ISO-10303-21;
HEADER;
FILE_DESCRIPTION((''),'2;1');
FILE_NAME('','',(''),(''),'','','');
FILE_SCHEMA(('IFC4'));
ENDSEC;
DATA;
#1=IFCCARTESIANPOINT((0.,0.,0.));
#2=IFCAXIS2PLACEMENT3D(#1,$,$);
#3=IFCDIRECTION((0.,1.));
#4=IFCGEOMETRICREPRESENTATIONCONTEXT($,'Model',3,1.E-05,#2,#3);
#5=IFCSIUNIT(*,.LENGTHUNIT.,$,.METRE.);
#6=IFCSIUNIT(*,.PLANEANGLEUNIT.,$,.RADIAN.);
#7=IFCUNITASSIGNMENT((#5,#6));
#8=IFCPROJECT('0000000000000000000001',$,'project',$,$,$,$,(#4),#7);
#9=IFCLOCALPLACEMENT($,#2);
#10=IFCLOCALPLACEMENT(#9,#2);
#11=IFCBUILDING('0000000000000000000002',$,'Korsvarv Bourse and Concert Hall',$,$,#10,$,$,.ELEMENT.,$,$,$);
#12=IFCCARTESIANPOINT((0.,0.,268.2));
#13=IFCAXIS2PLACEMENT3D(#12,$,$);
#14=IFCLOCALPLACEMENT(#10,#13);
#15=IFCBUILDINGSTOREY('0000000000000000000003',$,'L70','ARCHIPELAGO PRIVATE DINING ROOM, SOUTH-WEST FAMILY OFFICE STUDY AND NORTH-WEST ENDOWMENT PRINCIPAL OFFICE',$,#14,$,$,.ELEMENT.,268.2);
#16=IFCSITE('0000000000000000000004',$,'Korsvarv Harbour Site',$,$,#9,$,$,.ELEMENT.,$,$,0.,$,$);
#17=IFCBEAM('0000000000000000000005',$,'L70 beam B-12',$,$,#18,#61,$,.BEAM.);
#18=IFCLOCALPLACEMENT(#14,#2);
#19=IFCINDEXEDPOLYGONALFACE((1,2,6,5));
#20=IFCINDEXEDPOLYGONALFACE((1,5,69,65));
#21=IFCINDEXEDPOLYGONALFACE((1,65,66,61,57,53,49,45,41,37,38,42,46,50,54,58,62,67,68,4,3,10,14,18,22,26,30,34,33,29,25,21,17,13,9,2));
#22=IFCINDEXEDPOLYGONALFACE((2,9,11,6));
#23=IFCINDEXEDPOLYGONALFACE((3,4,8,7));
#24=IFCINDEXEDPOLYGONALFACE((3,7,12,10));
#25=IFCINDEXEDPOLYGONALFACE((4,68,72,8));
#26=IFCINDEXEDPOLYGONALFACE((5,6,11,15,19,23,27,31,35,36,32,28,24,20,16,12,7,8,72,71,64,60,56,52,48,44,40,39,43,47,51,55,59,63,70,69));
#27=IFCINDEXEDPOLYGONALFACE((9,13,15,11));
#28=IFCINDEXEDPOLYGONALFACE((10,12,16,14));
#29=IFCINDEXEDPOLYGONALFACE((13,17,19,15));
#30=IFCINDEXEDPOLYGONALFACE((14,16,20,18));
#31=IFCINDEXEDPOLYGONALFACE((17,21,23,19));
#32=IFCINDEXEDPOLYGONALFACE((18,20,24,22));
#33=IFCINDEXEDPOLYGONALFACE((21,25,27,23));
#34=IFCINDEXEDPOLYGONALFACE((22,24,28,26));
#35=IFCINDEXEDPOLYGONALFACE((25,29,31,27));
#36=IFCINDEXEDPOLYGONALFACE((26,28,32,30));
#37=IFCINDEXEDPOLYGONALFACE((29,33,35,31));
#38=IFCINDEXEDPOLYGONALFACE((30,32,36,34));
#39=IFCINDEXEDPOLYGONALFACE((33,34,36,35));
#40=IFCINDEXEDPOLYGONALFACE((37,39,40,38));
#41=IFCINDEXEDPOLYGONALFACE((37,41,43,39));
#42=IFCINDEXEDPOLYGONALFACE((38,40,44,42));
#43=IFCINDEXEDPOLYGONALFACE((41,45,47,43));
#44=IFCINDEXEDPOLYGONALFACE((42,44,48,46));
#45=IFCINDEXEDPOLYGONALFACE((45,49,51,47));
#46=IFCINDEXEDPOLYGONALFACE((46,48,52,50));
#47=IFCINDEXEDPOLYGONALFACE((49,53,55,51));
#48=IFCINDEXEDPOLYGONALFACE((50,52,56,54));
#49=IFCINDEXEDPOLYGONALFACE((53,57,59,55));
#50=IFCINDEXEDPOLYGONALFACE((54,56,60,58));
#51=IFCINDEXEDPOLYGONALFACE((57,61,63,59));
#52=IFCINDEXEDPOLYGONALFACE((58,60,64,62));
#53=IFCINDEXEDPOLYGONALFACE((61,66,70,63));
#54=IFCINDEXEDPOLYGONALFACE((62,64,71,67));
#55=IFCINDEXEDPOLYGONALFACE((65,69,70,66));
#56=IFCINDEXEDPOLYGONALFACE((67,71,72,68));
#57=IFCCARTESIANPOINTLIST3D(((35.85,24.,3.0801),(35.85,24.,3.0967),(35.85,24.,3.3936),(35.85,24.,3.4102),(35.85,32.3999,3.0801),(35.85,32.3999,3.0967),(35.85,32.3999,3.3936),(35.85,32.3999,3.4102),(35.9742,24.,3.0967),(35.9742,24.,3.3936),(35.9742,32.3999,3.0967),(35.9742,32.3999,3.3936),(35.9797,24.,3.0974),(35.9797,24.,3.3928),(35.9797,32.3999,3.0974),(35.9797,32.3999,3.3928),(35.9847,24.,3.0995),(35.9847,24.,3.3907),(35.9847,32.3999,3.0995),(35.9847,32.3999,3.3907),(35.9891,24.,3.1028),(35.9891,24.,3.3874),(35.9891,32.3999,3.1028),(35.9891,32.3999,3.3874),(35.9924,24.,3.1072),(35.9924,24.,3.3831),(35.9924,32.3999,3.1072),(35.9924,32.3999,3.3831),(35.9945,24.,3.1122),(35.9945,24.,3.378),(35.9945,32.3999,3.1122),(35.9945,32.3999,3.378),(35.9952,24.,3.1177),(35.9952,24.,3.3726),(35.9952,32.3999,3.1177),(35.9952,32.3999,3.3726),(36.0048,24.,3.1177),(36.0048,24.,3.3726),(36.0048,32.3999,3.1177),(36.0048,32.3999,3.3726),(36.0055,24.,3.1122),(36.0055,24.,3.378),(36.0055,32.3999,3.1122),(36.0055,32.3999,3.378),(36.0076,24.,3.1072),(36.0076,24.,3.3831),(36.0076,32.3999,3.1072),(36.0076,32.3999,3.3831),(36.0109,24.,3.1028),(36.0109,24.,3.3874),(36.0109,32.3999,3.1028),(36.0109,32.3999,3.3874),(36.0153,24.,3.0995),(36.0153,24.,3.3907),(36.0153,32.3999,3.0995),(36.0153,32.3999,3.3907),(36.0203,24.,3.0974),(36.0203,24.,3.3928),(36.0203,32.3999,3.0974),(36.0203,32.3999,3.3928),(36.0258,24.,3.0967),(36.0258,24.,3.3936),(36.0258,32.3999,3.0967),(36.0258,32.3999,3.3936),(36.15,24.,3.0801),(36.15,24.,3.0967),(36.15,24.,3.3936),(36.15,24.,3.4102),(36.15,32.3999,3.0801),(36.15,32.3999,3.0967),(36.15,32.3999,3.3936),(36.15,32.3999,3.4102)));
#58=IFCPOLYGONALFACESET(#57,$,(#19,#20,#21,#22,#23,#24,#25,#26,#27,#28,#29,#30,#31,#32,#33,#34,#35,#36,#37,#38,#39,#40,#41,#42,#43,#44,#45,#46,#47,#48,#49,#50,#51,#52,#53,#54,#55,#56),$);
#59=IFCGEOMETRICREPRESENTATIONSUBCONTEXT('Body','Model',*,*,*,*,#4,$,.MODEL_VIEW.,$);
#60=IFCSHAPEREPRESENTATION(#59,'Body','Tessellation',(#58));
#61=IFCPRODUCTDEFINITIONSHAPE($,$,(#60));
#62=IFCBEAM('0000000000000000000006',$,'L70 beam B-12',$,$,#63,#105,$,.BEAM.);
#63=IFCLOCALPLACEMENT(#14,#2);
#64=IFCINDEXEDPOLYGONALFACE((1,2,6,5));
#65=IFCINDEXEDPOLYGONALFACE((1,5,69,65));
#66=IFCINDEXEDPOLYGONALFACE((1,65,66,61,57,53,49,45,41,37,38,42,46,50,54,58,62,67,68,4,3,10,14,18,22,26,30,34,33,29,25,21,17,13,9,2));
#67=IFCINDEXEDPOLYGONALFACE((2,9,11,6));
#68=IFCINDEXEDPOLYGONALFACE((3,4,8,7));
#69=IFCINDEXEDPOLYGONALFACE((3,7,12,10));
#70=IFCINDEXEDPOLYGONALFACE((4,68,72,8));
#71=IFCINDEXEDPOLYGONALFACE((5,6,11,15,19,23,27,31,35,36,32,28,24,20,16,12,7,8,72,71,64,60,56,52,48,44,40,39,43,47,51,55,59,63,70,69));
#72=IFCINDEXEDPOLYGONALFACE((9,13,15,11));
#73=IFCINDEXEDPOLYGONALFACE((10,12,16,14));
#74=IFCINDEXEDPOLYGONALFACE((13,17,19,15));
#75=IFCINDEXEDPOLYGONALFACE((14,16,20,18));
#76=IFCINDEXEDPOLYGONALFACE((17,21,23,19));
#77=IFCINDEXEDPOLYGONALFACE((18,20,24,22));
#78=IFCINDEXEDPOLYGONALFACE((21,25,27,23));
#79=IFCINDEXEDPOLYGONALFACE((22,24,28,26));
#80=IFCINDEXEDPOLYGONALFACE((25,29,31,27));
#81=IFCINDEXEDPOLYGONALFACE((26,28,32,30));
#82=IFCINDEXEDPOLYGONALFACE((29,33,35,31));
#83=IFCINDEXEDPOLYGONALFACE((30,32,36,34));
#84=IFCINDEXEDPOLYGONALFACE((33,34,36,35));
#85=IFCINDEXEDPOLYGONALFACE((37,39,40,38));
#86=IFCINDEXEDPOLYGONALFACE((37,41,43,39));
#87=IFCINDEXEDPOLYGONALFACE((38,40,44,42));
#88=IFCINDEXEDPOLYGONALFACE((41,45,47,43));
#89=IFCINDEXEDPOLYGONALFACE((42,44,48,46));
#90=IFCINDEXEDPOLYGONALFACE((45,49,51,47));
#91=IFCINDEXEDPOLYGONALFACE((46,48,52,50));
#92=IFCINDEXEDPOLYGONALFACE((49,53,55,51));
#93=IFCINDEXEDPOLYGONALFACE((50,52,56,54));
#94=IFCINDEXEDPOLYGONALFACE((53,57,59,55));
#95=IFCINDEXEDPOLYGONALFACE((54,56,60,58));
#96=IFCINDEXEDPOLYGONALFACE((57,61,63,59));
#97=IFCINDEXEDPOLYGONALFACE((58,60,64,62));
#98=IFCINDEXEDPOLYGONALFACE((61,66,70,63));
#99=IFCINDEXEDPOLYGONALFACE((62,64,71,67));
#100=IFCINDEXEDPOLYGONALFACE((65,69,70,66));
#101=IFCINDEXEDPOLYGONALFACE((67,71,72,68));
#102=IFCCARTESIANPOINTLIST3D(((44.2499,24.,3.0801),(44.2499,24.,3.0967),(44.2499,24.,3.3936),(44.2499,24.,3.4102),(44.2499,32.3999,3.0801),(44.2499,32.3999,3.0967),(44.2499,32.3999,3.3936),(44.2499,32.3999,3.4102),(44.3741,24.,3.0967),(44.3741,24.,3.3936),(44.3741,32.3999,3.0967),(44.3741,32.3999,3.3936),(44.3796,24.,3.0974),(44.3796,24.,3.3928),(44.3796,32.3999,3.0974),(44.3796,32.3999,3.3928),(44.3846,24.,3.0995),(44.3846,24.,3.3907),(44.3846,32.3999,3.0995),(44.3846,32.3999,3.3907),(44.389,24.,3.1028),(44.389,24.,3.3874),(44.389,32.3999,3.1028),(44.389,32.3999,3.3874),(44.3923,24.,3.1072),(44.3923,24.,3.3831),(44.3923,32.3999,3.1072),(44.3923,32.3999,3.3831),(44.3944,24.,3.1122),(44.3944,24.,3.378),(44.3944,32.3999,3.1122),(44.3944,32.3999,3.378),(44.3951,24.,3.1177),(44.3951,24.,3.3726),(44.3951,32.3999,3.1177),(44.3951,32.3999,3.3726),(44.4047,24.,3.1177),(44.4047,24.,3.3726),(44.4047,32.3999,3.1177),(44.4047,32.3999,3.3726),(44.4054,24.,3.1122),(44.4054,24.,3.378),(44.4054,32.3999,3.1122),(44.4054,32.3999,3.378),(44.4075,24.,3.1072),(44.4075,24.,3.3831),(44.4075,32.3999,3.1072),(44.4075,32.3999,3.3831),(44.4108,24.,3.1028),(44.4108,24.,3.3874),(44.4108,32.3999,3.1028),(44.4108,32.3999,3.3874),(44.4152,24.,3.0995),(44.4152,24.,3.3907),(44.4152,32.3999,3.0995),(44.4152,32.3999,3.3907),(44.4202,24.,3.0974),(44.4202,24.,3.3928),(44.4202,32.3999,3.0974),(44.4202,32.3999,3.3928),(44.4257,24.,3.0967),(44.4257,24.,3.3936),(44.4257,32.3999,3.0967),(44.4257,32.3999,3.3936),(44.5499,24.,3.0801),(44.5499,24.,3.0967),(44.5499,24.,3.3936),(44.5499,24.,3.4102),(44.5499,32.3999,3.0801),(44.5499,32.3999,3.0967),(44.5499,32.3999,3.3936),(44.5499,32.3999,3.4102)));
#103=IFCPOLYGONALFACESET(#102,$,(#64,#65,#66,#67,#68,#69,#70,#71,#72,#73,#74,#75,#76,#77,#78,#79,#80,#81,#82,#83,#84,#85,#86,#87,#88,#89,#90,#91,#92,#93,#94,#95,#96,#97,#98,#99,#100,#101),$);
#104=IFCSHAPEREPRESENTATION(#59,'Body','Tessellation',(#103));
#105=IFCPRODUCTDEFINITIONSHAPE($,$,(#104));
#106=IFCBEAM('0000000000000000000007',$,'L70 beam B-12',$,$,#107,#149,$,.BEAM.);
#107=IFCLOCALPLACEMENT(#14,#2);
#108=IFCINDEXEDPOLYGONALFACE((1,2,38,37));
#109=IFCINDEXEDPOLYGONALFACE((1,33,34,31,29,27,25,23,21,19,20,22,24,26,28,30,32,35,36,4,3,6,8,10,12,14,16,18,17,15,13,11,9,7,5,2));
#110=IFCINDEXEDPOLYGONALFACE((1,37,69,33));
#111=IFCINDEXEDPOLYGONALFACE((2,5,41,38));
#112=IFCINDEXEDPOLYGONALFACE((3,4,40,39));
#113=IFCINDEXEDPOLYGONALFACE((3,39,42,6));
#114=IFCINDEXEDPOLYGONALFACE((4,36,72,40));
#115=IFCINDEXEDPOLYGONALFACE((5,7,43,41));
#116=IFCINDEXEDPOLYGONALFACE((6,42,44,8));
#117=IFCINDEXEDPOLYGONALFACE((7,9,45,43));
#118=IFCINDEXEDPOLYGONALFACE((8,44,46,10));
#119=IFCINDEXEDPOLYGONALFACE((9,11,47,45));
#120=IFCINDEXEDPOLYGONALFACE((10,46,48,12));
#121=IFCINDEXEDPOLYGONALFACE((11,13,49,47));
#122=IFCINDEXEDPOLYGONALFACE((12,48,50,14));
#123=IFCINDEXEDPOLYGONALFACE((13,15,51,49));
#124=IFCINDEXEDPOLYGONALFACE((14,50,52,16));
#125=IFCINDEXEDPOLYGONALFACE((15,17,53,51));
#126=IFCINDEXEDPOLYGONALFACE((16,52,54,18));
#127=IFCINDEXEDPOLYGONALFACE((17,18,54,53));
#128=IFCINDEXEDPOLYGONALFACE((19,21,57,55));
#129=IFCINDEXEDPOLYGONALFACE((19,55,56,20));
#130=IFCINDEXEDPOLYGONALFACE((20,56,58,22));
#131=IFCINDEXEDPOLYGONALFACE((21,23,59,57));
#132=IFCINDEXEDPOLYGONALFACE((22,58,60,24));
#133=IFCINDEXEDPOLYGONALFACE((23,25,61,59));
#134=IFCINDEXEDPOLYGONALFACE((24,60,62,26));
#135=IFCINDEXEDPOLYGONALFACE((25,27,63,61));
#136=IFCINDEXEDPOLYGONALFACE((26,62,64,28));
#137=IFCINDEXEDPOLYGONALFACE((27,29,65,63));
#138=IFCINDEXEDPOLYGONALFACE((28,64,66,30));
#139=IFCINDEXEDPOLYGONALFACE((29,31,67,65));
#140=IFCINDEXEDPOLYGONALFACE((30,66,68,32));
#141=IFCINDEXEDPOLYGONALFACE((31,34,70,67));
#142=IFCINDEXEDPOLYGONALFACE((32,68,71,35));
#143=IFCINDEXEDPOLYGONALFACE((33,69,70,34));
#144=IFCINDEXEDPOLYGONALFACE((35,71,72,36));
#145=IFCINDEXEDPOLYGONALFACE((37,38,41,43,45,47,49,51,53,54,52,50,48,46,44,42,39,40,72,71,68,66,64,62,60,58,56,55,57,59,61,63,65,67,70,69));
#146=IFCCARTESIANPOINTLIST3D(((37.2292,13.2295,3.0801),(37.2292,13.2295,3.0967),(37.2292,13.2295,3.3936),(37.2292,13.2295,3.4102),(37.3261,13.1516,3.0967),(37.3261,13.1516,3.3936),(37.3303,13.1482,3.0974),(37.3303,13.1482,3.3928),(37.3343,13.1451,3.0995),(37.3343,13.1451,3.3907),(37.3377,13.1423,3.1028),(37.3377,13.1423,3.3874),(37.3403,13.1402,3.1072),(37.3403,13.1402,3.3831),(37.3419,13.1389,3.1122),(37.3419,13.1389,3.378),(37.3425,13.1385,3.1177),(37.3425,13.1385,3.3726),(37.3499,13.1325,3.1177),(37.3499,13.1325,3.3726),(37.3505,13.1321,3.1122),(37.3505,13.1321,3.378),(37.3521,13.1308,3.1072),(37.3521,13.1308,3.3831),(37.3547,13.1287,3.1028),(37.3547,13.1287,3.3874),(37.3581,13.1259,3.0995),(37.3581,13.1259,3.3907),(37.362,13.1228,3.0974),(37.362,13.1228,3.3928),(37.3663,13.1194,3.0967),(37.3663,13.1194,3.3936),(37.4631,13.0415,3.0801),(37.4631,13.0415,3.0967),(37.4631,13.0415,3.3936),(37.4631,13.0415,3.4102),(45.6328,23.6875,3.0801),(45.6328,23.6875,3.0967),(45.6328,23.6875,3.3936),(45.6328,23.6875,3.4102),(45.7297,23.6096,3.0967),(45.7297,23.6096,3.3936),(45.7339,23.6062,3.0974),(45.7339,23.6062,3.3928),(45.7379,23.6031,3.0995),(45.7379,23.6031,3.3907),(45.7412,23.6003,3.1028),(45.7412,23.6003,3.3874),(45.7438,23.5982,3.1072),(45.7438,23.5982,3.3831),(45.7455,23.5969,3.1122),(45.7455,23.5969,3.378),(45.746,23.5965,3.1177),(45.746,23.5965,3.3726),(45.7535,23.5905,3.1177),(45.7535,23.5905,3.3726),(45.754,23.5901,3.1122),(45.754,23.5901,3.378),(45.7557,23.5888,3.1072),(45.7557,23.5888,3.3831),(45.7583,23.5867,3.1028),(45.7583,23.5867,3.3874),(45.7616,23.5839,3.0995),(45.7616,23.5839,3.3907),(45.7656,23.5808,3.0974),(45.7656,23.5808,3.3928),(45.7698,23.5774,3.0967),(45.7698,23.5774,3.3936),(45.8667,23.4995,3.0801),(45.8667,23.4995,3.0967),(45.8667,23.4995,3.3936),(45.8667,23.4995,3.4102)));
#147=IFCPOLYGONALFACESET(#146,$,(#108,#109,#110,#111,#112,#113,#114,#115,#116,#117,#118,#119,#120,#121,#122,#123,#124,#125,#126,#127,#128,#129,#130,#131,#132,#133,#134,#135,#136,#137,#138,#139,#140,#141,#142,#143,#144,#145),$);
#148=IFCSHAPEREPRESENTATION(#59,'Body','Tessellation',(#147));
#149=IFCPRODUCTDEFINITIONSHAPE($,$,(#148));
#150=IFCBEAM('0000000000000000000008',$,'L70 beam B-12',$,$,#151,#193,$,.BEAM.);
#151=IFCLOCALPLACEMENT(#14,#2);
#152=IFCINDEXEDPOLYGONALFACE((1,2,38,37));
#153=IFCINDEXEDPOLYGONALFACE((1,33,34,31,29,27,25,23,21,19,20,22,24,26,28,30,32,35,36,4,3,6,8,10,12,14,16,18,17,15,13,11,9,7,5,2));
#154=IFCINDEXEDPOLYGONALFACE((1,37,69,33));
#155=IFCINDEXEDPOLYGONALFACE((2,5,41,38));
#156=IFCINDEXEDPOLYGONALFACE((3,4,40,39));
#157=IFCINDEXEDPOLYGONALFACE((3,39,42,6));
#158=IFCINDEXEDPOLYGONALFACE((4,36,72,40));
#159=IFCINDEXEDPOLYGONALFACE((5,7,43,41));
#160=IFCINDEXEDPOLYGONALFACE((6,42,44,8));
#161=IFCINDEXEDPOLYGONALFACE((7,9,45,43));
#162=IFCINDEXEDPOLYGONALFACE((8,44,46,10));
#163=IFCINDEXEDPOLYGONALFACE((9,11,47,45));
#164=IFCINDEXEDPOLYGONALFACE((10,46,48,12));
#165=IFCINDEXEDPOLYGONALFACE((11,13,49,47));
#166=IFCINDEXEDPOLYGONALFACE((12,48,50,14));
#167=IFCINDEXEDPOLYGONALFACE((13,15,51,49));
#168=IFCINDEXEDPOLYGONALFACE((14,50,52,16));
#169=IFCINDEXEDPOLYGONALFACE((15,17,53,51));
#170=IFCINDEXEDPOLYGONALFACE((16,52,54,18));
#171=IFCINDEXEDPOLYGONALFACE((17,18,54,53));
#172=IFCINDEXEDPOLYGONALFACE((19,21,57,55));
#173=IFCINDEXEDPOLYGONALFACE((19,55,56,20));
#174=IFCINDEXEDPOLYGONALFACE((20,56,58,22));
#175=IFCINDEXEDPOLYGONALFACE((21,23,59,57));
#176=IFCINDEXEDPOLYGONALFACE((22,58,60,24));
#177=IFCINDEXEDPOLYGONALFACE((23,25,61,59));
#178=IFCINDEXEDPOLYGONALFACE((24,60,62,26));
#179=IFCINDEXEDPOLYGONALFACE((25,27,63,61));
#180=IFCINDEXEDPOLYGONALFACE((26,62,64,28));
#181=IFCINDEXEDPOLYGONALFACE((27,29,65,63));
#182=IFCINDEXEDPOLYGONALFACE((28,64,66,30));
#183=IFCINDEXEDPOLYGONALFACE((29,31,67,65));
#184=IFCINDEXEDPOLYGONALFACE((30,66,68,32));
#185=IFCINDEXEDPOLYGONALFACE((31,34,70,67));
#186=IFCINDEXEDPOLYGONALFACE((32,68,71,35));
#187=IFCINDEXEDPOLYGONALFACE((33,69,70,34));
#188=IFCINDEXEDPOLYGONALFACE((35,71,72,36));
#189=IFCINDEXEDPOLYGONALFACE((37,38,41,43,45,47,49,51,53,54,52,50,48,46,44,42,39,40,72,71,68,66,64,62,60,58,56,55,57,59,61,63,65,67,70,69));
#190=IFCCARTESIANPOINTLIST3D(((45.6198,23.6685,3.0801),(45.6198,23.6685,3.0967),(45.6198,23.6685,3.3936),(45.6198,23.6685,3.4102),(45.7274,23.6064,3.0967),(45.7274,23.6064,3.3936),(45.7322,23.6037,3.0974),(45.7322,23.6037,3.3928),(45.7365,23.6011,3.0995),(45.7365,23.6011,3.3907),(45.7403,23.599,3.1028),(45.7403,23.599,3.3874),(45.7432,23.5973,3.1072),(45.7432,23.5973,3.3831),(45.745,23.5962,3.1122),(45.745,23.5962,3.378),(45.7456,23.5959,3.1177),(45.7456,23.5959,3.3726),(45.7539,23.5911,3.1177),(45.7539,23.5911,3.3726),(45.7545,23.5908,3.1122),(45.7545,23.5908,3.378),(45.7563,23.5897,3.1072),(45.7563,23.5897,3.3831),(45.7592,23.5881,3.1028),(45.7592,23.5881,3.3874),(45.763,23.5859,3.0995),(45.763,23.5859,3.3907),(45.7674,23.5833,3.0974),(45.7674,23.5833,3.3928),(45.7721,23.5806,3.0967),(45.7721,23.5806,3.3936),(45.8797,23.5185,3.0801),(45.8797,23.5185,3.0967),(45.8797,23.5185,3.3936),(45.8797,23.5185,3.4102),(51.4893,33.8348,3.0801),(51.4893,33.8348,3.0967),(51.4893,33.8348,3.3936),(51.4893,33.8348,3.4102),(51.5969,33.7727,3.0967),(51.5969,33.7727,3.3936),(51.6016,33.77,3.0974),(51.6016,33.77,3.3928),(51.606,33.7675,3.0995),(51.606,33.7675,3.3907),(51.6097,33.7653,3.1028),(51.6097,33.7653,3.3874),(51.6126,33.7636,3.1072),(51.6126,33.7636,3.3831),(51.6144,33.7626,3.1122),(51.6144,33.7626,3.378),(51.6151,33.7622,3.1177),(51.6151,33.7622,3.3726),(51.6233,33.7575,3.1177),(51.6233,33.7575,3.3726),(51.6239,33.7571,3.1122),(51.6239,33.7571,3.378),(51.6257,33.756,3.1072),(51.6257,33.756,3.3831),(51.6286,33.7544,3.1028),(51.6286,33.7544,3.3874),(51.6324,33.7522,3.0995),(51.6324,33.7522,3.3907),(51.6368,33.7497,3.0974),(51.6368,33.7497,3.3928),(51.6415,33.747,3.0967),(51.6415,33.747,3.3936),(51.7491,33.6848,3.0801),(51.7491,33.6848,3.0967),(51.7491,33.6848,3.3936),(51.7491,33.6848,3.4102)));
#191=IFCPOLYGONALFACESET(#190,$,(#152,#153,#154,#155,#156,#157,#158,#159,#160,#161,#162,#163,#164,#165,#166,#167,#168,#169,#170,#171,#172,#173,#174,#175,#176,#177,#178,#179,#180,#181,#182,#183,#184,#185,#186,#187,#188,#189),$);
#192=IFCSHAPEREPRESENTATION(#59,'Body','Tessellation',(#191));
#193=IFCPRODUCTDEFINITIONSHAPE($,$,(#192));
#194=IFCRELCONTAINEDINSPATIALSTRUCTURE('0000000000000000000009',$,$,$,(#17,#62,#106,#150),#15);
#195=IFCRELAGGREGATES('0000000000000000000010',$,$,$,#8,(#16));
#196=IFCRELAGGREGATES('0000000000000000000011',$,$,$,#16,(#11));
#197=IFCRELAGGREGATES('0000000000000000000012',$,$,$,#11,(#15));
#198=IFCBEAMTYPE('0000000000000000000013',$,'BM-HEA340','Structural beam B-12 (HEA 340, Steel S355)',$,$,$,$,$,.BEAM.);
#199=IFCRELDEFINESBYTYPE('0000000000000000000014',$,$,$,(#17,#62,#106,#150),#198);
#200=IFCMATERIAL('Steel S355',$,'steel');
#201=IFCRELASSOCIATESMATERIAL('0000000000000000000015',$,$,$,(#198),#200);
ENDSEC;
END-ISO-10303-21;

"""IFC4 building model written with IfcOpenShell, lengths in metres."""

from ifc_helpers import new_model, si_unit, direction, frame, origin, origin_2d, place, context, subcontext, project, spatial, i_section, extrude, source, transform, mapped, material, material_profile, profile_set, type_object, element, save


model = new_model("IFC4")

# Units and contexts
model_context = context("Model", 3, precision=1e-05, world=origin(), true_north=direction((0.0, 1.0)))
body_context = subcontext(model_context, "Body", "Model", "MODEL_VIEW")
ifc_project = project(units=[si_unit("LENGTHUNIT", "METRE"), si_unit("PLANEANGLEUNIT", "RADIAN")], contexts=[model_context])

# Site, building, storey
site_placement = place(None, origin())
site = spatial("IfcSite", under=ifc_project, at=site_placement, Name="Korsvarv Harbour Site", CompositionType="ELEMENT", RefElevation=0.0)
building_placement = place(site_placement, origin())
building = spatial("IfcBuilding", under=site, at=building_placement, Name="Korsvarv Bourse and Concert Hall", CompositionType="ELEMENT")
storey_placement = place(building_placement, frame((0.0, 0.0, 268.2)))
storey = spatial("IfcBuildingStorey", under=building, at=storey_placement, Name="L70", Description="ARCHIPELAGO PRIVATE DINING ROOM, SOUTH-WEST FAMILY OFFICE STUDY AND NORTH-WEST ENDOWMENT PRINCIPAL OFFICE", CompositionType="ELEMENT", Elevation=268.2)

# Shared definitions
ifc_material_1 = material(Name="Steel S355", Category="steel")

# Beams
ifc_material_profile_1 = material_profile(ifc_material_1, i_section(OverallWidth=0.3, OverallDepth=0.3301, WebThickness=0.0095, FlangeThickness=0.0166, FilletRadius=0.021, at=origin_2d()), Name="HEA 340")
ifc_profile_set_1 = profile_set([ifc_material_profile_1], Name="Steel S355")
beam_type_1 = type_object("IfcBeamType", Name="BM-HEA340", Description="Structural beam B-12 (HEA 340, Steel S355)", PredefinedType="BEAM", material=ifc_profile_set_1)
shared_shape_1 = source(origin(), body_context, "Body", "SweptSolid", [
    extrude(i_section(OverallWidth=0.3, OverallDepth=0.3301, WebThickness=0.0095, FlangeThickness=0.0166, FilletRadius=0.021, at=origin_2d()), origin(), (0.0, 0.0, 1.0), 8.3999),
])
for number, where, z_axis, x_axis, name in (
    (1, (36.0, 24.0, 3.2451), (0.0, 1.0, 0.0), (-1.0, 0.0, 0.0), "L70 beam B-12"),
    (2, (44.3999, 24.0, 3.2451), (0.0, 1.0, 0.0), (-1.0, 0.0, 0.0), "L70 beam B-12"),
):
    element("IfcBeam", number, at=place(storey_placement, frame(where, z_axis=z_axis, x_axis=x_axis)), inside=storey, type_object=beam_type_1, Name=name, PredefinedType="BEAM", context=body_context, shape_type="MappedRepresentation", body=[
        mapped(shared_shape_1, transform((0.0, 0.0, 0.0), scale=1.0)),
    ])
shared_shape_2 = source(origin(), body_context, "Body", "SweptSolid", [
    extrude(i_section(OverallWidth=0.3, OverallDepth=0.3301, WebThickness=0.0095, FlangeThickness=0.0166, FilletRadius=0.021, at=origin_2d()), origin(), (0.0, 0.0, 1.0), 13.416),
])
beam_1_placement = place(storey_placement, frame((37.3462, 13.1355, 3.2451), z_axis=(0.626382, 0.779516, 0.0), x_axis=(-0.779516, 0.626382, 0.0)))
element("IfcBeam", 3, at=beam_1_placement, inside=storey, type_object=beam_type_1, Name="L70 beam B-12", PredefinedType="BEAM", context=body_context, shape_type="MappedRepresentation", body=[
    mapped(shared_shape_2, transform((0.0, 0.0, 0.0), scale=1.0)),
])
shared_shape_3 = source(origin(), body_context, "Body", "SweptSolid", [
    extrude(i_section(OverallWidth=0.3, OverallDepth=0.3301, WebThickness=0.0095, FlangeThickness=0.0166, FilletRadius=0.021, at=origin_2d()), origin(), (0.0, 0.0, 1.0), 11.739),
])
beam_2_placement = place(storey_placement, frame((45.7498, 23.5935, 3.2451), z_axis=(0.499993, 0.866029, 0.0), x_axis=(-0.866029, 0.499993, 0.0)))
element("IfcBeam", 4, at=beam_2_placement, inside=storey, type_object=beam_type_1, Name="L70 beam B-12", PredefinedType="BEAM", context=body_context, shape_type="MappedRepresentation", body=[
    mapped(shared_shape_3, transform((0.0, 0.0, 0.0), scale=1.0)),
])

save(model, "model.ifc")
